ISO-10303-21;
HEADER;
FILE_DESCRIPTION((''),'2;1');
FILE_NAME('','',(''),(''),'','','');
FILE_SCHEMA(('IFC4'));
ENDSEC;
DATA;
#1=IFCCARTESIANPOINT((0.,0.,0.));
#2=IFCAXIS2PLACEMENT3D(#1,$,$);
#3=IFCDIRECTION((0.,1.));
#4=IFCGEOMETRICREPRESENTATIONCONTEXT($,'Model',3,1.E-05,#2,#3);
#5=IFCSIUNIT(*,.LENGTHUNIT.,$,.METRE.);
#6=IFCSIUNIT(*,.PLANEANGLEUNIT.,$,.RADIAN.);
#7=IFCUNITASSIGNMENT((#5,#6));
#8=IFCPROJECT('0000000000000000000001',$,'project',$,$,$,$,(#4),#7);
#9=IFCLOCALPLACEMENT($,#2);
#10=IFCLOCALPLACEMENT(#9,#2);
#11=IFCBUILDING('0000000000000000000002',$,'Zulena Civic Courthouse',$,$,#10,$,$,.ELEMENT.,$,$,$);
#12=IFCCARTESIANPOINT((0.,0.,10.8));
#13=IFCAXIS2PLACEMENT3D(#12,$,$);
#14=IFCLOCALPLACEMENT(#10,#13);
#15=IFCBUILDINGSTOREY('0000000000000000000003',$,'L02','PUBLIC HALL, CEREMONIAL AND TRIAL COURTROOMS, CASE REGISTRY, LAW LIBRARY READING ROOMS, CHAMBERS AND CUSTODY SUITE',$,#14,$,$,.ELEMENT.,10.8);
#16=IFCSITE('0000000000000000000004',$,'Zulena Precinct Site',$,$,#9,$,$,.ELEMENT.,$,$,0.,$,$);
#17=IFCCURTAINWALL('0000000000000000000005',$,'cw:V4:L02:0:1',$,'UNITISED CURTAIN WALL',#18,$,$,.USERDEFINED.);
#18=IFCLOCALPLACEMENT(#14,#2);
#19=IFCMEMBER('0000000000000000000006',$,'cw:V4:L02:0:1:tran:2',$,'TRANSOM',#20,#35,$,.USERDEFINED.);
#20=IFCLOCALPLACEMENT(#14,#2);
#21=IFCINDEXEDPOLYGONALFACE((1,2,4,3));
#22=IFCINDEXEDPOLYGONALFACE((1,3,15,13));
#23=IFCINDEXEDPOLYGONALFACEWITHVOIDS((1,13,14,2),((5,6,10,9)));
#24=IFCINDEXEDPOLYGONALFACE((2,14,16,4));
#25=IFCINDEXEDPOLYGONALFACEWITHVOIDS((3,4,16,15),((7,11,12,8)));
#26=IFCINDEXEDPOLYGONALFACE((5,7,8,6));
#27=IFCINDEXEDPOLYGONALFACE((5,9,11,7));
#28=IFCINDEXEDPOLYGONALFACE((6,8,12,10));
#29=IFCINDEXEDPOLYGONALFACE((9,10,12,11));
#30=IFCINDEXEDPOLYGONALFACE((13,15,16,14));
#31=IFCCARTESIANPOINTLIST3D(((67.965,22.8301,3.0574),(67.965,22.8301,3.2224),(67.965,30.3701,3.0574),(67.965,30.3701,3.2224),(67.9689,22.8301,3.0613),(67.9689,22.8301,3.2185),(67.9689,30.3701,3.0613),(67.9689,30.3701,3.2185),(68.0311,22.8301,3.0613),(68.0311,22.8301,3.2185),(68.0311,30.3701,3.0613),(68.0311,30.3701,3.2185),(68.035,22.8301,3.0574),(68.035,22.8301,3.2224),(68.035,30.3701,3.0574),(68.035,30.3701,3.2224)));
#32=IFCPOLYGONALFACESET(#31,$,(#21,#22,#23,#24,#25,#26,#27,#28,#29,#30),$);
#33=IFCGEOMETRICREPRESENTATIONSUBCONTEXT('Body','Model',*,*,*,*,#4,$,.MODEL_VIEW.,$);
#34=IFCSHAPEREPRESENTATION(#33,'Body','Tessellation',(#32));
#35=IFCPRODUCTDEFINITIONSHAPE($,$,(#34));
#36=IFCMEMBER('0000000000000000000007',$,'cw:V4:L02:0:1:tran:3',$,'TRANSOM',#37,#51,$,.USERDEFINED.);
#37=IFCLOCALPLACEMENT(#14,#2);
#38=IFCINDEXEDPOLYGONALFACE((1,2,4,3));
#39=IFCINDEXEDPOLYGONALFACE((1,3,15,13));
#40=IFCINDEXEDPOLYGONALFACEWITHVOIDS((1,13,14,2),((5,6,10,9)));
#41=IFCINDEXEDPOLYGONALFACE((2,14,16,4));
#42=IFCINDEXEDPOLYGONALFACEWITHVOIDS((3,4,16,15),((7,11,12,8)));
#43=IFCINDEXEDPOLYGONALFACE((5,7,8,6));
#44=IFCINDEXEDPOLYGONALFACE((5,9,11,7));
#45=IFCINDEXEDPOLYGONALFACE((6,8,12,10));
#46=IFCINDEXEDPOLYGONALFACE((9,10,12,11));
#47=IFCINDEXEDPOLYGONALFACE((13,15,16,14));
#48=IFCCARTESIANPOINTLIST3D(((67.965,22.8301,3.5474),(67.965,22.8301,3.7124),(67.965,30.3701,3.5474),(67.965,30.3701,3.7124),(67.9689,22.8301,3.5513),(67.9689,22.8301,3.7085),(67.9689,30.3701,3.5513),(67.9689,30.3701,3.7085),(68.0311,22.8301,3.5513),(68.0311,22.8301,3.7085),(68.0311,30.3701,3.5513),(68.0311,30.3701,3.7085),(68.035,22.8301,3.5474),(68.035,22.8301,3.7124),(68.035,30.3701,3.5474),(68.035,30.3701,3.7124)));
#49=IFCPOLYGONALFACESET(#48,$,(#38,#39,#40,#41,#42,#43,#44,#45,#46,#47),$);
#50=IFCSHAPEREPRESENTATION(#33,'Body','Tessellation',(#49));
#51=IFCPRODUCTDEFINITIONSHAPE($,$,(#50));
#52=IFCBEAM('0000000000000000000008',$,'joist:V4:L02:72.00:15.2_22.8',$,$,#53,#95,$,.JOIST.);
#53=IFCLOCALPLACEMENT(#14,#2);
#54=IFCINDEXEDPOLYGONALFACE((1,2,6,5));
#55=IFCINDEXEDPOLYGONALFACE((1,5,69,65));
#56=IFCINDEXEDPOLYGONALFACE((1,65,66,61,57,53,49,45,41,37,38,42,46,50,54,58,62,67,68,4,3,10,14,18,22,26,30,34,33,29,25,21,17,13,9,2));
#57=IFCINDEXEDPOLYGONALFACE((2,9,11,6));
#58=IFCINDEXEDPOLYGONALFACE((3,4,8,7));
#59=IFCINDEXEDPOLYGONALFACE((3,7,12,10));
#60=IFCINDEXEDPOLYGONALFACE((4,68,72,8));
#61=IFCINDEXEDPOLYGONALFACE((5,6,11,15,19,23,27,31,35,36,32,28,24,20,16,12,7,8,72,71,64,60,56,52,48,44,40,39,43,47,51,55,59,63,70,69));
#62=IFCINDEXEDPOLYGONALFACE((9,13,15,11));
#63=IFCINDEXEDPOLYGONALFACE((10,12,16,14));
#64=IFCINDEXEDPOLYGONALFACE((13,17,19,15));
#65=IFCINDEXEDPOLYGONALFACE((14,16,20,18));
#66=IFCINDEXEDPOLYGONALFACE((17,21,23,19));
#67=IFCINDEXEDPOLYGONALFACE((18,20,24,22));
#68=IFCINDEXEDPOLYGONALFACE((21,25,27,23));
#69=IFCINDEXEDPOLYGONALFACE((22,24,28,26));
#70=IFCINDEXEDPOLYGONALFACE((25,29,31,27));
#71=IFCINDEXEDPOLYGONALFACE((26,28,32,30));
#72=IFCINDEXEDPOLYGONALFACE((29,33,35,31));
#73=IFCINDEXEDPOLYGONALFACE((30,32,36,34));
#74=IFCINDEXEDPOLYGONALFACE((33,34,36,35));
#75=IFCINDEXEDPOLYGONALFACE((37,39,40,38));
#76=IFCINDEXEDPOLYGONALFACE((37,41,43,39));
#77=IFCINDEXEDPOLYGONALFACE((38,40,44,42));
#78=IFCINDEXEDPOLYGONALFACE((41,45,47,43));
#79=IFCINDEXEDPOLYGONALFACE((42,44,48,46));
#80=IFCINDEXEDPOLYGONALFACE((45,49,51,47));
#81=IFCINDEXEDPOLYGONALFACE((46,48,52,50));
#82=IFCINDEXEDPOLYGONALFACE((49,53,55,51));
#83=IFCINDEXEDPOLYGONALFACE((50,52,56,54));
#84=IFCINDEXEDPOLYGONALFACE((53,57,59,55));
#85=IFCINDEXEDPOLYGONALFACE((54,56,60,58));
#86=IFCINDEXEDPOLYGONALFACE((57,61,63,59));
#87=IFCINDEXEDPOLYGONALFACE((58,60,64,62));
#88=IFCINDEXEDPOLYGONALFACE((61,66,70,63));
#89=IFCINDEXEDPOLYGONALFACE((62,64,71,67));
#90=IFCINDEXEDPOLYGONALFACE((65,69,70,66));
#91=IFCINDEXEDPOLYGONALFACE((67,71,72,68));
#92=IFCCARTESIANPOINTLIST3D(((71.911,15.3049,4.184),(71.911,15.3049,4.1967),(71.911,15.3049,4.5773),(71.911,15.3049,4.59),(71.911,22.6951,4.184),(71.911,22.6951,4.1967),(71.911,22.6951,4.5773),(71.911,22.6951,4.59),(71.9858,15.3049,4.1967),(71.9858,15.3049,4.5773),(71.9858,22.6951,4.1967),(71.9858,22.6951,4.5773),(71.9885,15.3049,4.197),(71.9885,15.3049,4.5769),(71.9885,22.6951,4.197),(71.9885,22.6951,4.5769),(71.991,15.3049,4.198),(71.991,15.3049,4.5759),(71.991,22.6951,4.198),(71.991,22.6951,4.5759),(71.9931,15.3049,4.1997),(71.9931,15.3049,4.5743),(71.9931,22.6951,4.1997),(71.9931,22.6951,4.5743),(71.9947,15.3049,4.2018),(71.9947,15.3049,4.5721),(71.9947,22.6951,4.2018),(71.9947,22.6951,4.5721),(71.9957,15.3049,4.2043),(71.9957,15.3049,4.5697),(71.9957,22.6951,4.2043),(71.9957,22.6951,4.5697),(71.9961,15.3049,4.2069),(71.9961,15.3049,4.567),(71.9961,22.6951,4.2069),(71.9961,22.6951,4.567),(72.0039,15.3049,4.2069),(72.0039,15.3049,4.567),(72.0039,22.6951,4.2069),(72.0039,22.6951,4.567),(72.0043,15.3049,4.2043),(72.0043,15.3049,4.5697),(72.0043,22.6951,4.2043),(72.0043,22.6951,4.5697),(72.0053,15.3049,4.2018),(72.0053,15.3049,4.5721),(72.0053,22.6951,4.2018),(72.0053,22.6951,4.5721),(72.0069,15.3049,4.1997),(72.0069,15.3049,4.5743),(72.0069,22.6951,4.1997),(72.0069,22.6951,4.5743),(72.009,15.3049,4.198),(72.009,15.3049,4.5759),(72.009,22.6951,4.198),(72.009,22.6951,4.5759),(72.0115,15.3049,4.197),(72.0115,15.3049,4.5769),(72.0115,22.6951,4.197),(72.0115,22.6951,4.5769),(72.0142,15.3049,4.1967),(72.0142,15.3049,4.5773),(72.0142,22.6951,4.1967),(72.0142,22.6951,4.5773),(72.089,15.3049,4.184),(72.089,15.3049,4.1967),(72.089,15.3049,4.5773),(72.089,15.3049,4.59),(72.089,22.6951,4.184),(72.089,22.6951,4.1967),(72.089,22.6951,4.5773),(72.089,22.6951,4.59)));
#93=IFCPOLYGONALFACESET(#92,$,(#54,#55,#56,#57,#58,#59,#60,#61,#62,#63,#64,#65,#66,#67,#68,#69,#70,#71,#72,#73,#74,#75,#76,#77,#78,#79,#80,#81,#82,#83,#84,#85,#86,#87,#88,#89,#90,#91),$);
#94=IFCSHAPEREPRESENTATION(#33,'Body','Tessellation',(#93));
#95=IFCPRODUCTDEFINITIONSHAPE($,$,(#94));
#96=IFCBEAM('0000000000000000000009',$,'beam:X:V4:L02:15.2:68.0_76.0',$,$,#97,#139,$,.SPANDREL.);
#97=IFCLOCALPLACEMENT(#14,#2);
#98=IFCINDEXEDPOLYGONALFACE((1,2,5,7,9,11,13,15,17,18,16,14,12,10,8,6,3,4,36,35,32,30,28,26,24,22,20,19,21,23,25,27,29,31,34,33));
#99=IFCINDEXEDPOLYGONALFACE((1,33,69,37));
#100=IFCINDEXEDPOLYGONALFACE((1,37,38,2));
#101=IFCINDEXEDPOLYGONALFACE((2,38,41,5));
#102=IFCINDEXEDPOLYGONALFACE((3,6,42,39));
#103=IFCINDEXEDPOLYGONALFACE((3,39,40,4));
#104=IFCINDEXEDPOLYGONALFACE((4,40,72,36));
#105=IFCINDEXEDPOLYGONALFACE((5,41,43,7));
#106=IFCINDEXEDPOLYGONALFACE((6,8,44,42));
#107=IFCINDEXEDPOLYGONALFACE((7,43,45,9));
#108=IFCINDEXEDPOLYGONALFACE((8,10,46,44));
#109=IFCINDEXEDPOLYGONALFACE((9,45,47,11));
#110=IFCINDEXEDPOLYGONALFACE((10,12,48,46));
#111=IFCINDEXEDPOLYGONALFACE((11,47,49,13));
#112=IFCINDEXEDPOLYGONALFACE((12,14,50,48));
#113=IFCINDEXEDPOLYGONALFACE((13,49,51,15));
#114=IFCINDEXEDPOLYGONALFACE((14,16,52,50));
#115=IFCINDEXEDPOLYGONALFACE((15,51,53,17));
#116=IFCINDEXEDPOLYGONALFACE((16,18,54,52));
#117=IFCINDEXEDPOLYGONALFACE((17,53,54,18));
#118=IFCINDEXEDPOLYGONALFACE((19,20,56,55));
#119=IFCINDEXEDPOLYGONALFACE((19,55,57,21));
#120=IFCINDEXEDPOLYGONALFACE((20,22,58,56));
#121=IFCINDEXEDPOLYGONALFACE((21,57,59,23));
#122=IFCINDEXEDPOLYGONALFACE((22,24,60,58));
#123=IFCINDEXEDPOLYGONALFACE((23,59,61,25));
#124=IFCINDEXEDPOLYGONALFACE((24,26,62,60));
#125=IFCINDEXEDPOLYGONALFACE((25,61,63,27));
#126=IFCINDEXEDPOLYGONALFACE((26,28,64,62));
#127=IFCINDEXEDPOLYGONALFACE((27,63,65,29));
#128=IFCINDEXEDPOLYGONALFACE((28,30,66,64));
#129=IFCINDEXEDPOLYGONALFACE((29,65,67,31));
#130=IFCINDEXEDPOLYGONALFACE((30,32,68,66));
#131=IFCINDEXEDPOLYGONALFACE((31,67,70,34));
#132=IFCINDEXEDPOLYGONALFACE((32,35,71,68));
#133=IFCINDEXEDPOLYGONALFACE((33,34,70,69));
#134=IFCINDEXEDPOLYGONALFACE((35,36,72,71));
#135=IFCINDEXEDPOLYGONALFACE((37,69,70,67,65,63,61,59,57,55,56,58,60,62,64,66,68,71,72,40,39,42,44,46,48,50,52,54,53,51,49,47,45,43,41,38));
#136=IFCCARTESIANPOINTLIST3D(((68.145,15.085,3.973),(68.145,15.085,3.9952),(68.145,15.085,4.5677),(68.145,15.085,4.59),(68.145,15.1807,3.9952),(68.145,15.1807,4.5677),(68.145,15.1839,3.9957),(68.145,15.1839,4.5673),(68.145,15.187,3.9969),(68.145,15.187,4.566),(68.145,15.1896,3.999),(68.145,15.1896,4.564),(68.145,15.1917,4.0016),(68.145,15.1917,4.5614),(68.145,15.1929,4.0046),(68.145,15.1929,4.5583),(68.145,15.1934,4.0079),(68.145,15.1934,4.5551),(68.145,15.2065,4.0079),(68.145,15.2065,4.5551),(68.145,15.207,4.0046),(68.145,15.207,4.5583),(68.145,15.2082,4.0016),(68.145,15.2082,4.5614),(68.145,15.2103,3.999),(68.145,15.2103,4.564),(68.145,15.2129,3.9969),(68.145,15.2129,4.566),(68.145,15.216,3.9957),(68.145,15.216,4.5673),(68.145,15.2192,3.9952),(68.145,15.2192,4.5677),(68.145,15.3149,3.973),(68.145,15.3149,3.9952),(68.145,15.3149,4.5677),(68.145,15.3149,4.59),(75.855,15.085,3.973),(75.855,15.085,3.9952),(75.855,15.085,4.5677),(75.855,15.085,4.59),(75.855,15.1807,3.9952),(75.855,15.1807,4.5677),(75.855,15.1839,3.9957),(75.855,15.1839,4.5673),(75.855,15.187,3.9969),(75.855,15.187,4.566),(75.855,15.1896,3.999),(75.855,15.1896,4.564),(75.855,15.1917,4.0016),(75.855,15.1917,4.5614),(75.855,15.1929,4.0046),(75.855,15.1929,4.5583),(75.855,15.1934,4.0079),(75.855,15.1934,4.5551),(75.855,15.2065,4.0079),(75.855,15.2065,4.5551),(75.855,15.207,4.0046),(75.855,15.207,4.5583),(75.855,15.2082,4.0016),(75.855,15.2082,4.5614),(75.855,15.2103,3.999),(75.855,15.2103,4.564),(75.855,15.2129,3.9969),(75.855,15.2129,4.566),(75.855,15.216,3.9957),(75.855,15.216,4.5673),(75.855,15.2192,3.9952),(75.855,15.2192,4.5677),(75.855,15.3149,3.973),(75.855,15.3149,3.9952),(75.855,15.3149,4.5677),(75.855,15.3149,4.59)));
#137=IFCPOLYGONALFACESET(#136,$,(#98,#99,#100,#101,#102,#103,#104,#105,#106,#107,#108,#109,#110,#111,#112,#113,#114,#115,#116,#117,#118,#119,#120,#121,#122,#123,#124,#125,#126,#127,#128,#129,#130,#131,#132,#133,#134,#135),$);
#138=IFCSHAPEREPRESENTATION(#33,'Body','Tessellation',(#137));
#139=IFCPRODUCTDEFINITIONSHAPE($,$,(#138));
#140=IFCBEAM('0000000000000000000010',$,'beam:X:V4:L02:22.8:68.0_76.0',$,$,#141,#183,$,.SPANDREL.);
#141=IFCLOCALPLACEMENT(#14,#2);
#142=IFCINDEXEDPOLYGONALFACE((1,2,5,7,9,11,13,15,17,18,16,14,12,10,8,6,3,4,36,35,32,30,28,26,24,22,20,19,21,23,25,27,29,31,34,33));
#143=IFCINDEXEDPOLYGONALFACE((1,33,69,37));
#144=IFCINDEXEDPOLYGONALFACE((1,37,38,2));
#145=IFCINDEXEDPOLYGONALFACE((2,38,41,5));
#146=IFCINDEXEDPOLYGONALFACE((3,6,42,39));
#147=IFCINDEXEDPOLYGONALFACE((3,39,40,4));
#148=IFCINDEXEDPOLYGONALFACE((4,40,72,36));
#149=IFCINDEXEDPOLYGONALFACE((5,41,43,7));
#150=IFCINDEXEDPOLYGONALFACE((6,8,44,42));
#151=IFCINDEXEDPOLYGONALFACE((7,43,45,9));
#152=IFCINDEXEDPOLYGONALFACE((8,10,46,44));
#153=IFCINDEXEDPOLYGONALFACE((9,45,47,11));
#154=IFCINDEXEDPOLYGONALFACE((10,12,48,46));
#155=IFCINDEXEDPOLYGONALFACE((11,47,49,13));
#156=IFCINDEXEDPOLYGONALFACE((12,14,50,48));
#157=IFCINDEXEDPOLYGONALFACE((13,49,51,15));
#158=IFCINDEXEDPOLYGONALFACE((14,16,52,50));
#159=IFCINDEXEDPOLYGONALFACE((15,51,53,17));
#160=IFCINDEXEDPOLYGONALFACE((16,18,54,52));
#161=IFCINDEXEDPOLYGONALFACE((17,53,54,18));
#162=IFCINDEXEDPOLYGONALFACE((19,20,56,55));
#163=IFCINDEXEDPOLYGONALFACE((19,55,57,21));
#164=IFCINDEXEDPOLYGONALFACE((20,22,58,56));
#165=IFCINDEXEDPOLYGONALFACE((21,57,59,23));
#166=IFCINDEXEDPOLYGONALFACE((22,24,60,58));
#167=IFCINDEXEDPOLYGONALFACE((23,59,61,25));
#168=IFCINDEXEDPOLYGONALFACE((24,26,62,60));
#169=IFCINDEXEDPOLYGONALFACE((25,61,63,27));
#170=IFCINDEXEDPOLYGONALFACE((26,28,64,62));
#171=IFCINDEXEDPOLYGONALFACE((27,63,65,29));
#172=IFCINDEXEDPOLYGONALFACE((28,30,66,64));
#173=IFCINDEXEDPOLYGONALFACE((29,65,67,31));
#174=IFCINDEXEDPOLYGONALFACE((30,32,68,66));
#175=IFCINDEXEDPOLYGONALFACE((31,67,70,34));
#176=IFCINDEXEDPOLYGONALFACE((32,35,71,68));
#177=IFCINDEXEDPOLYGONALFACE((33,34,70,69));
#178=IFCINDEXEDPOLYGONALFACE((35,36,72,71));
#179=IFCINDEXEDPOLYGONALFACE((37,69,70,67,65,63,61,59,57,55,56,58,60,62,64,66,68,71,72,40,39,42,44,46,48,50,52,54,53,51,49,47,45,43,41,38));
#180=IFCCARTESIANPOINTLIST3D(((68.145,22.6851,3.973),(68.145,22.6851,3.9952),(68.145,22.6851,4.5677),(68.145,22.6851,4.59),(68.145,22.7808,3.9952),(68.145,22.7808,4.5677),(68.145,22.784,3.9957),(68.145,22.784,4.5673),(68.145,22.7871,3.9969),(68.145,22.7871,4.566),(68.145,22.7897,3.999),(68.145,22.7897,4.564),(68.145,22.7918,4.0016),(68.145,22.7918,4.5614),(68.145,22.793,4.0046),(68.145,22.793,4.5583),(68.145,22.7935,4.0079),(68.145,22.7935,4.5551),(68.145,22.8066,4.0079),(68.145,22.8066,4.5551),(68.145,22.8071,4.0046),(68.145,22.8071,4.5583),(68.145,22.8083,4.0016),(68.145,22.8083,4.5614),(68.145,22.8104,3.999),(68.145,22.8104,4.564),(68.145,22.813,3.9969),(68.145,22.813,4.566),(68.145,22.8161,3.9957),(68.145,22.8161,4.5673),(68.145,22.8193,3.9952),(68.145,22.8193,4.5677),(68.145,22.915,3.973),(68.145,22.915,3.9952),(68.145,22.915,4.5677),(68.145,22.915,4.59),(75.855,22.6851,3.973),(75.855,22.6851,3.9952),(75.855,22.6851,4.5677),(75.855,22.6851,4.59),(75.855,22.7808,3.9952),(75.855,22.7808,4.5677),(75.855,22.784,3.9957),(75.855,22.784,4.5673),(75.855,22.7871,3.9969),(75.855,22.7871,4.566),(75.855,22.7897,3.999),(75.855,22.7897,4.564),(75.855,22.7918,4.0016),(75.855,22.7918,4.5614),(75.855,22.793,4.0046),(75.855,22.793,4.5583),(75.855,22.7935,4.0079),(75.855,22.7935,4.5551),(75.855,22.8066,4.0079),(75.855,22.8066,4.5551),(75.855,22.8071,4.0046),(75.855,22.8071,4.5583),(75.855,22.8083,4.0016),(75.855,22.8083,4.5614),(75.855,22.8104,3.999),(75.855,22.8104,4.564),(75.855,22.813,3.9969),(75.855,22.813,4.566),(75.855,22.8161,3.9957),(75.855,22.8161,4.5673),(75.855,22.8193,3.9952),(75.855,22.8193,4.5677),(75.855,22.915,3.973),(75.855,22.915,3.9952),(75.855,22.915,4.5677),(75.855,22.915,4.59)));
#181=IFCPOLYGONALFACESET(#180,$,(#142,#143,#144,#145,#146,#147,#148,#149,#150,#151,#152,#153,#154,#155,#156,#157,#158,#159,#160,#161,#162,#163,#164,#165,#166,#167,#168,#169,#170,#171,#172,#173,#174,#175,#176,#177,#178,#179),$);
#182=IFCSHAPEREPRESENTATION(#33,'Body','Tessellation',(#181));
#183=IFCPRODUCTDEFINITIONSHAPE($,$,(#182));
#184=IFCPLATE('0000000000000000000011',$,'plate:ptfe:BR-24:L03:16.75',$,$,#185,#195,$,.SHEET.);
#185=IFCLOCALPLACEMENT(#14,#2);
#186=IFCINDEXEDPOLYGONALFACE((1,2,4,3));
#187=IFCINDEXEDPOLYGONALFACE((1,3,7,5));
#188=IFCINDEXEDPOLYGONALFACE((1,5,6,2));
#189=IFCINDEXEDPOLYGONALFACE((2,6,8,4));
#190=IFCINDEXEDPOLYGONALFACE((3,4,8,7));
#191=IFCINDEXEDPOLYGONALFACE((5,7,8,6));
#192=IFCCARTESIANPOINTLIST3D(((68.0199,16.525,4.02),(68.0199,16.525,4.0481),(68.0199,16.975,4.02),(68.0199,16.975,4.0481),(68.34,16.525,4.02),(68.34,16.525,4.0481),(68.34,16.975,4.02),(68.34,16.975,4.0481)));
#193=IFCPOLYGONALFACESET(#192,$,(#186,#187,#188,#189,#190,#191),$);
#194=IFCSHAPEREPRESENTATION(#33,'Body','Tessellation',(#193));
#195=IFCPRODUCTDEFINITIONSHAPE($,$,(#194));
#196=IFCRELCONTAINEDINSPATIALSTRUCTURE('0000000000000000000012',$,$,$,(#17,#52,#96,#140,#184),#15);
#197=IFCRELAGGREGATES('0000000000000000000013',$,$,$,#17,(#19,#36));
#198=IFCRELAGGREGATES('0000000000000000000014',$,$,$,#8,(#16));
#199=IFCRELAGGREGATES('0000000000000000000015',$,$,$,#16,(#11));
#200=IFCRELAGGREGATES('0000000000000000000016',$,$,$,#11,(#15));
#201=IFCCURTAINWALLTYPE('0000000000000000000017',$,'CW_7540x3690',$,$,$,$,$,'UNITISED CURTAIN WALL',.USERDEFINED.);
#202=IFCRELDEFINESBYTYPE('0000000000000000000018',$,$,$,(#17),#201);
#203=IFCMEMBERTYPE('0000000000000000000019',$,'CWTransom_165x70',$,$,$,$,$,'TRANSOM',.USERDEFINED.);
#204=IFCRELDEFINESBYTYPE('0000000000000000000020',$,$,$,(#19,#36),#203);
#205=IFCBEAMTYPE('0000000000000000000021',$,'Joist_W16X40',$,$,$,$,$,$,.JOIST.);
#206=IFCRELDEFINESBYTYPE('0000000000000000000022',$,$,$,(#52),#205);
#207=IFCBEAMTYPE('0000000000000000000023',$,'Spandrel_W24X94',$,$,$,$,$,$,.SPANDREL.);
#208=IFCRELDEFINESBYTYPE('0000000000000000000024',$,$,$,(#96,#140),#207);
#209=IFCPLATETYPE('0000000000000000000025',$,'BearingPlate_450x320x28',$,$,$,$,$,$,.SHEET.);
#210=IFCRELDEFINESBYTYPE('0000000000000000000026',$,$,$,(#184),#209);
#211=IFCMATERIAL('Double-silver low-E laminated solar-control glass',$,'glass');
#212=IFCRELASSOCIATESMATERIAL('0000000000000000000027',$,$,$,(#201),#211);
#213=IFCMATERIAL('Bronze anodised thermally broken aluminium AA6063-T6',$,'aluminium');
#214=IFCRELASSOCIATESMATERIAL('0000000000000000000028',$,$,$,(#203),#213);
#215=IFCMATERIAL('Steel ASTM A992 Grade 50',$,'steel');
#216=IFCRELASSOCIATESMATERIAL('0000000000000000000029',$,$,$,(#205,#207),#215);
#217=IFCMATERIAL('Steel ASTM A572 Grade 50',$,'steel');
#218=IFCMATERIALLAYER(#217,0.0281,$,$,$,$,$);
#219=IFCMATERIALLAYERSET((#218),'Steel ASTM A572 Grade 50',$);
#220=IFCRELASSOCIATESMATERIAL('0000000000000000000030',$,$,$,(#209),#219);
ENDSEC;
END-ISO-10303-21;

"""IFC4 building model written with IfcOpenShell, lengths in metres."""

from ifc_helpers import new_model, si_unit, direction, frame, origin, origin_2d, place, context, subcontext, project, spatial, rectangle, hollow_rectangle, i_section, extrude, material, layer, layer_set, material_profile, profile_set, type_object, element, aggregate, save


model = new_model("IFC4")

# Units and contexts
model_context = context("Model", 3, precision=1e-05, world=origin(), true_north=direction((0.0, 1.0)))
body_context = subcontext(model_context, "Body", "Model", "MODEL_VIEW")
ifc_project = project(units=[si_unit("LENGTHUNIT", "METRE"), si_unit("PLANEANGLEUNIT", "RADIAN")], contexts=[model_context])

# Site, building, storey
site_placement = place(None, origin())
site = spatial("IfcSite", under=ifc_project, at=site_placement, Name="Zulena Precinct Site", CompositionType="ELEMENT", RefElevation=0.0)
building_placement = place(site_placement, origin())
building = spatial("IfcBuilding", under=site, at=building_placement, Name="Zulena Civic Courthouse", CompositionType="ELEMENT")
storey_placement = place(building_placement, frame((0.0, 0.0, 10.8)))
storey = spatial("IfcBuildingStorey", under=building, at=storey_placement, Name="L02", Description="PUBLIC HALL, CEREMONIAL AND TRIAL COURTROOMS, CASE REGISTRY, LAW LIBRARY READING ROOMS, CHAMBERS AND CUSTODY SUITE", CompositionType="ELEMENT", Elevation=10.8)

# Shared definitions
ifc_material_1 = material(Name="Steel ASTM A992 Grade 50", Category="steel")

# Shared definitions
ifc_material_2 = material(Name="Double-silver low-E laminated solar-control glass", Category="glass")
curtain_wall_type_1 = type_object("IfcCurtainWallType", Name="CW_7540x3690", ElementType="UNITISED CURTAIN WALL", PredefinedType="USERDEFINED", material=ifc_material_2)
ifc_material_3 = material(Name="Bronze anodised thermally broken aluminium AA6063-T6", Category="aluminium")

# Curtain wall
curtain_wall_1_placement = place(storey_placement, origin())
curtain_wall_1 = element("IfcCurtainWall", 1, at=curtain_wall_1_placement, inside=storey, type_object=curtain_wall_type_1, Name="cw:V4:L02:0:1", ObjectType="UNITISED CURTAIN WALL", PredefinedType="USERDEFINED")

# Members
ifc_material_profile_1 = material_profile(ifc_material_3, hollow_rectangle(XDim=0.0701, YDim=0.165, WallThickness=0.0039, at=origin_2d()), Name="CWT165X70X4")
ifc_profile_set_1 = profile_set([ifc_material_profile_1], Name="Bronze anodised thermally broken aluminium AA6063-T6")
member_type_1 = type_object("IfcMemberType", Name="CWTransom_165x70", ElementType="TRANSOM", PredefinedType="USERDEFINED", material=ifc_profile_set_1)
member_1_placement = place(storey_placement, frame((68.0, 22.8301, 3.1399), z_axis=(0.0, 1.0, 0.0), x_axis=(-1.0, 0.0, 0.0)))
member_1 = element("IfcMember", 2, at=member_1_placement, type_object=member_type_1, Name="cw:V4:L02:0:1:tran:2", ObjectType="TRANSOM", PredefinedType="USERDEFINED", context=body_context, shape_type="SweptSolid", body=[
    extrude(hollow_rectangle(XDim=0.0701, YDim=0.165, WallThickness=0.0039, at=origin_2d()), origin(), (0.0, 0.0, 1.0), 7.54),
])
member_2_placement = place(storey_placement, frame((68.0, 22.8301, 3.6299), z_axis=(0.0, 1.0, 0.0), x_axis=(-1.0, 0.0, 0.0)))
member_2 = element("IfcMember", 3, at=member_2_placement, type_object=member_type_1, Name="cw:V4:L02:0:1:tran:3", ObjectType="TRANSOM", PredefinedType="USERDEFINED", context=body_context, shape_type="SweptSolid", body=[
    extrude(hollow_rectangle(XDim=0.0701, YDim=0.165, WallThickness=0.0039, at=origin_2d()), origin(), (0.0, 0.0, 1.0), 7.54),
])
aggregate(curtain_wall_1, [member_1, member_2])

# Beams
ifc_material_profile_2 = material_profile(ifc_material_1, i_section(OverallWidth=0.178, OverallDepth=0.406, WebThickness=0.0078, FlangeThickness=0.0127, FilletRadius=0.0103, at=origin_2d()), Name="W16X40")
ifc_profile_set_2 = profile_set([ifc_material_profile_2], Name="Steel ASTM A992 Grade 50")
beam_type_1 = type_object("IfcBeamType", Name="Joist_W16X40", PredefinedType="JOIST", material=ifc_profile_set_2)
beam_placement = place(storey_placement, frame((72.0, 15.3049, 4.387), z_axis=(0.0, 1.0, 0.0), x_axis=(-1.0, 0.0, 0.0)))
element("IfcBeam", 4, at=beam_placement, inside=storey, type_object=beam_type_1, Name="joist:V4:L02:72.00:15.2_22.8", PredefinedType="JOIST", context=body_context, shape_type="SweptSolid", body=[
    extrude(i_section(OverallWidth=0.178, OverallDepth=0.406, WebThickness=0.0078, FlangeThickness=0.0127, FilletRadius=0.0103, at=origin_2d()), origin(), (0.0, 0.0, 1.0), 7.3901),
])
ifc_material_profile_3 = material_profile(ifc_material_1, i_section(OverallWidth=0.23, OverallDepth=0.6169, WebThickness=0.0132, FlangeThickness=0.0222, FilletRadius=0.0127, at=origin_2d()), Name="W24X94")
ifc_profile_set_3 = profile_set([ifc_material_profile_3], Name="Steel ASTM A992 Grade 50")
beam_type_2 = type_object("IfcBeamType", Name="Spandrel_W24X94", PredefinedType="SPANDREL", material=ifc_profile_set_3)
for number, where, z_axis, x_axis, name in (
    (5, (68.145, 15.2, 4.2815), (1.0, 0.0, 0.0), (0.0, 1.0, 0.0), "beam:X:V4:L02:15.2:68.0_76.0"),
    (6, (68.145, 22.8, 4.2815), (1.0, 0.0, 0.0), (0.0, 1.0, 0.0), "beam:X:V4:L02:22.8:68.0_76.0"),
):
    element("IfcBeam", number, at=place(storey_placement, frame(where, z_axis=z_axis, x_axis=x_axis)), inside=storey, type_object=beam_type_2, Name=name, PredefinedType="SPANDREL", context=body_context, shape_type="SweptSolid", body=[
        extrude(i_section(OverallWidth=0.23, OverallDepth=0.6169, WebThickness=0.0132, FlangeThickness=0.0222, FilletRadius=0.0127, at=origin_2d()), origin(), (0.0, 0.0, 1.0), 7.71),
    ])

# Plate
ifc_material_4 = material(Name="Steel ASTM A572 Grade 50", Category="steel")
ifc_layer_1 = layer(ifc_material_4, 0.0281)
ifc_layer_set_1 = layer_set([ifc_layer_1], Name="Steel ASTM A572 Grade 50")
plate_type_1 = type_object("IfcPlateType", Name="BearingPlate_450x320x28", PredefinedType="SHEET", material=ifc_layer_set_1)
for number, where, z_axis, x_axis, name in (
    (7, (68.1799, 16.75, 4.02), (0.0, 0.0, 1.0), (1.0, 0.0, 0.0), "plate:ptfe:BR-24:L03:16.75"),
):
    element("IfcPlate", number, at=place(storey_placement, frame(where, z_axis=z_axis, x_axis=x_axis)), inside=storey, type_object=plate_type_1, Name=name, PredefinedType="SHEET", context=body_context, shape_type="SweptSolid", body=[
        extrude(rectangle(XDim=0.3201, YDim=0.45, at=origin_2d()), origin(), (0.0, 0.0, 1.0), 0.0281),
    ])

save(model, "model.ifc")
